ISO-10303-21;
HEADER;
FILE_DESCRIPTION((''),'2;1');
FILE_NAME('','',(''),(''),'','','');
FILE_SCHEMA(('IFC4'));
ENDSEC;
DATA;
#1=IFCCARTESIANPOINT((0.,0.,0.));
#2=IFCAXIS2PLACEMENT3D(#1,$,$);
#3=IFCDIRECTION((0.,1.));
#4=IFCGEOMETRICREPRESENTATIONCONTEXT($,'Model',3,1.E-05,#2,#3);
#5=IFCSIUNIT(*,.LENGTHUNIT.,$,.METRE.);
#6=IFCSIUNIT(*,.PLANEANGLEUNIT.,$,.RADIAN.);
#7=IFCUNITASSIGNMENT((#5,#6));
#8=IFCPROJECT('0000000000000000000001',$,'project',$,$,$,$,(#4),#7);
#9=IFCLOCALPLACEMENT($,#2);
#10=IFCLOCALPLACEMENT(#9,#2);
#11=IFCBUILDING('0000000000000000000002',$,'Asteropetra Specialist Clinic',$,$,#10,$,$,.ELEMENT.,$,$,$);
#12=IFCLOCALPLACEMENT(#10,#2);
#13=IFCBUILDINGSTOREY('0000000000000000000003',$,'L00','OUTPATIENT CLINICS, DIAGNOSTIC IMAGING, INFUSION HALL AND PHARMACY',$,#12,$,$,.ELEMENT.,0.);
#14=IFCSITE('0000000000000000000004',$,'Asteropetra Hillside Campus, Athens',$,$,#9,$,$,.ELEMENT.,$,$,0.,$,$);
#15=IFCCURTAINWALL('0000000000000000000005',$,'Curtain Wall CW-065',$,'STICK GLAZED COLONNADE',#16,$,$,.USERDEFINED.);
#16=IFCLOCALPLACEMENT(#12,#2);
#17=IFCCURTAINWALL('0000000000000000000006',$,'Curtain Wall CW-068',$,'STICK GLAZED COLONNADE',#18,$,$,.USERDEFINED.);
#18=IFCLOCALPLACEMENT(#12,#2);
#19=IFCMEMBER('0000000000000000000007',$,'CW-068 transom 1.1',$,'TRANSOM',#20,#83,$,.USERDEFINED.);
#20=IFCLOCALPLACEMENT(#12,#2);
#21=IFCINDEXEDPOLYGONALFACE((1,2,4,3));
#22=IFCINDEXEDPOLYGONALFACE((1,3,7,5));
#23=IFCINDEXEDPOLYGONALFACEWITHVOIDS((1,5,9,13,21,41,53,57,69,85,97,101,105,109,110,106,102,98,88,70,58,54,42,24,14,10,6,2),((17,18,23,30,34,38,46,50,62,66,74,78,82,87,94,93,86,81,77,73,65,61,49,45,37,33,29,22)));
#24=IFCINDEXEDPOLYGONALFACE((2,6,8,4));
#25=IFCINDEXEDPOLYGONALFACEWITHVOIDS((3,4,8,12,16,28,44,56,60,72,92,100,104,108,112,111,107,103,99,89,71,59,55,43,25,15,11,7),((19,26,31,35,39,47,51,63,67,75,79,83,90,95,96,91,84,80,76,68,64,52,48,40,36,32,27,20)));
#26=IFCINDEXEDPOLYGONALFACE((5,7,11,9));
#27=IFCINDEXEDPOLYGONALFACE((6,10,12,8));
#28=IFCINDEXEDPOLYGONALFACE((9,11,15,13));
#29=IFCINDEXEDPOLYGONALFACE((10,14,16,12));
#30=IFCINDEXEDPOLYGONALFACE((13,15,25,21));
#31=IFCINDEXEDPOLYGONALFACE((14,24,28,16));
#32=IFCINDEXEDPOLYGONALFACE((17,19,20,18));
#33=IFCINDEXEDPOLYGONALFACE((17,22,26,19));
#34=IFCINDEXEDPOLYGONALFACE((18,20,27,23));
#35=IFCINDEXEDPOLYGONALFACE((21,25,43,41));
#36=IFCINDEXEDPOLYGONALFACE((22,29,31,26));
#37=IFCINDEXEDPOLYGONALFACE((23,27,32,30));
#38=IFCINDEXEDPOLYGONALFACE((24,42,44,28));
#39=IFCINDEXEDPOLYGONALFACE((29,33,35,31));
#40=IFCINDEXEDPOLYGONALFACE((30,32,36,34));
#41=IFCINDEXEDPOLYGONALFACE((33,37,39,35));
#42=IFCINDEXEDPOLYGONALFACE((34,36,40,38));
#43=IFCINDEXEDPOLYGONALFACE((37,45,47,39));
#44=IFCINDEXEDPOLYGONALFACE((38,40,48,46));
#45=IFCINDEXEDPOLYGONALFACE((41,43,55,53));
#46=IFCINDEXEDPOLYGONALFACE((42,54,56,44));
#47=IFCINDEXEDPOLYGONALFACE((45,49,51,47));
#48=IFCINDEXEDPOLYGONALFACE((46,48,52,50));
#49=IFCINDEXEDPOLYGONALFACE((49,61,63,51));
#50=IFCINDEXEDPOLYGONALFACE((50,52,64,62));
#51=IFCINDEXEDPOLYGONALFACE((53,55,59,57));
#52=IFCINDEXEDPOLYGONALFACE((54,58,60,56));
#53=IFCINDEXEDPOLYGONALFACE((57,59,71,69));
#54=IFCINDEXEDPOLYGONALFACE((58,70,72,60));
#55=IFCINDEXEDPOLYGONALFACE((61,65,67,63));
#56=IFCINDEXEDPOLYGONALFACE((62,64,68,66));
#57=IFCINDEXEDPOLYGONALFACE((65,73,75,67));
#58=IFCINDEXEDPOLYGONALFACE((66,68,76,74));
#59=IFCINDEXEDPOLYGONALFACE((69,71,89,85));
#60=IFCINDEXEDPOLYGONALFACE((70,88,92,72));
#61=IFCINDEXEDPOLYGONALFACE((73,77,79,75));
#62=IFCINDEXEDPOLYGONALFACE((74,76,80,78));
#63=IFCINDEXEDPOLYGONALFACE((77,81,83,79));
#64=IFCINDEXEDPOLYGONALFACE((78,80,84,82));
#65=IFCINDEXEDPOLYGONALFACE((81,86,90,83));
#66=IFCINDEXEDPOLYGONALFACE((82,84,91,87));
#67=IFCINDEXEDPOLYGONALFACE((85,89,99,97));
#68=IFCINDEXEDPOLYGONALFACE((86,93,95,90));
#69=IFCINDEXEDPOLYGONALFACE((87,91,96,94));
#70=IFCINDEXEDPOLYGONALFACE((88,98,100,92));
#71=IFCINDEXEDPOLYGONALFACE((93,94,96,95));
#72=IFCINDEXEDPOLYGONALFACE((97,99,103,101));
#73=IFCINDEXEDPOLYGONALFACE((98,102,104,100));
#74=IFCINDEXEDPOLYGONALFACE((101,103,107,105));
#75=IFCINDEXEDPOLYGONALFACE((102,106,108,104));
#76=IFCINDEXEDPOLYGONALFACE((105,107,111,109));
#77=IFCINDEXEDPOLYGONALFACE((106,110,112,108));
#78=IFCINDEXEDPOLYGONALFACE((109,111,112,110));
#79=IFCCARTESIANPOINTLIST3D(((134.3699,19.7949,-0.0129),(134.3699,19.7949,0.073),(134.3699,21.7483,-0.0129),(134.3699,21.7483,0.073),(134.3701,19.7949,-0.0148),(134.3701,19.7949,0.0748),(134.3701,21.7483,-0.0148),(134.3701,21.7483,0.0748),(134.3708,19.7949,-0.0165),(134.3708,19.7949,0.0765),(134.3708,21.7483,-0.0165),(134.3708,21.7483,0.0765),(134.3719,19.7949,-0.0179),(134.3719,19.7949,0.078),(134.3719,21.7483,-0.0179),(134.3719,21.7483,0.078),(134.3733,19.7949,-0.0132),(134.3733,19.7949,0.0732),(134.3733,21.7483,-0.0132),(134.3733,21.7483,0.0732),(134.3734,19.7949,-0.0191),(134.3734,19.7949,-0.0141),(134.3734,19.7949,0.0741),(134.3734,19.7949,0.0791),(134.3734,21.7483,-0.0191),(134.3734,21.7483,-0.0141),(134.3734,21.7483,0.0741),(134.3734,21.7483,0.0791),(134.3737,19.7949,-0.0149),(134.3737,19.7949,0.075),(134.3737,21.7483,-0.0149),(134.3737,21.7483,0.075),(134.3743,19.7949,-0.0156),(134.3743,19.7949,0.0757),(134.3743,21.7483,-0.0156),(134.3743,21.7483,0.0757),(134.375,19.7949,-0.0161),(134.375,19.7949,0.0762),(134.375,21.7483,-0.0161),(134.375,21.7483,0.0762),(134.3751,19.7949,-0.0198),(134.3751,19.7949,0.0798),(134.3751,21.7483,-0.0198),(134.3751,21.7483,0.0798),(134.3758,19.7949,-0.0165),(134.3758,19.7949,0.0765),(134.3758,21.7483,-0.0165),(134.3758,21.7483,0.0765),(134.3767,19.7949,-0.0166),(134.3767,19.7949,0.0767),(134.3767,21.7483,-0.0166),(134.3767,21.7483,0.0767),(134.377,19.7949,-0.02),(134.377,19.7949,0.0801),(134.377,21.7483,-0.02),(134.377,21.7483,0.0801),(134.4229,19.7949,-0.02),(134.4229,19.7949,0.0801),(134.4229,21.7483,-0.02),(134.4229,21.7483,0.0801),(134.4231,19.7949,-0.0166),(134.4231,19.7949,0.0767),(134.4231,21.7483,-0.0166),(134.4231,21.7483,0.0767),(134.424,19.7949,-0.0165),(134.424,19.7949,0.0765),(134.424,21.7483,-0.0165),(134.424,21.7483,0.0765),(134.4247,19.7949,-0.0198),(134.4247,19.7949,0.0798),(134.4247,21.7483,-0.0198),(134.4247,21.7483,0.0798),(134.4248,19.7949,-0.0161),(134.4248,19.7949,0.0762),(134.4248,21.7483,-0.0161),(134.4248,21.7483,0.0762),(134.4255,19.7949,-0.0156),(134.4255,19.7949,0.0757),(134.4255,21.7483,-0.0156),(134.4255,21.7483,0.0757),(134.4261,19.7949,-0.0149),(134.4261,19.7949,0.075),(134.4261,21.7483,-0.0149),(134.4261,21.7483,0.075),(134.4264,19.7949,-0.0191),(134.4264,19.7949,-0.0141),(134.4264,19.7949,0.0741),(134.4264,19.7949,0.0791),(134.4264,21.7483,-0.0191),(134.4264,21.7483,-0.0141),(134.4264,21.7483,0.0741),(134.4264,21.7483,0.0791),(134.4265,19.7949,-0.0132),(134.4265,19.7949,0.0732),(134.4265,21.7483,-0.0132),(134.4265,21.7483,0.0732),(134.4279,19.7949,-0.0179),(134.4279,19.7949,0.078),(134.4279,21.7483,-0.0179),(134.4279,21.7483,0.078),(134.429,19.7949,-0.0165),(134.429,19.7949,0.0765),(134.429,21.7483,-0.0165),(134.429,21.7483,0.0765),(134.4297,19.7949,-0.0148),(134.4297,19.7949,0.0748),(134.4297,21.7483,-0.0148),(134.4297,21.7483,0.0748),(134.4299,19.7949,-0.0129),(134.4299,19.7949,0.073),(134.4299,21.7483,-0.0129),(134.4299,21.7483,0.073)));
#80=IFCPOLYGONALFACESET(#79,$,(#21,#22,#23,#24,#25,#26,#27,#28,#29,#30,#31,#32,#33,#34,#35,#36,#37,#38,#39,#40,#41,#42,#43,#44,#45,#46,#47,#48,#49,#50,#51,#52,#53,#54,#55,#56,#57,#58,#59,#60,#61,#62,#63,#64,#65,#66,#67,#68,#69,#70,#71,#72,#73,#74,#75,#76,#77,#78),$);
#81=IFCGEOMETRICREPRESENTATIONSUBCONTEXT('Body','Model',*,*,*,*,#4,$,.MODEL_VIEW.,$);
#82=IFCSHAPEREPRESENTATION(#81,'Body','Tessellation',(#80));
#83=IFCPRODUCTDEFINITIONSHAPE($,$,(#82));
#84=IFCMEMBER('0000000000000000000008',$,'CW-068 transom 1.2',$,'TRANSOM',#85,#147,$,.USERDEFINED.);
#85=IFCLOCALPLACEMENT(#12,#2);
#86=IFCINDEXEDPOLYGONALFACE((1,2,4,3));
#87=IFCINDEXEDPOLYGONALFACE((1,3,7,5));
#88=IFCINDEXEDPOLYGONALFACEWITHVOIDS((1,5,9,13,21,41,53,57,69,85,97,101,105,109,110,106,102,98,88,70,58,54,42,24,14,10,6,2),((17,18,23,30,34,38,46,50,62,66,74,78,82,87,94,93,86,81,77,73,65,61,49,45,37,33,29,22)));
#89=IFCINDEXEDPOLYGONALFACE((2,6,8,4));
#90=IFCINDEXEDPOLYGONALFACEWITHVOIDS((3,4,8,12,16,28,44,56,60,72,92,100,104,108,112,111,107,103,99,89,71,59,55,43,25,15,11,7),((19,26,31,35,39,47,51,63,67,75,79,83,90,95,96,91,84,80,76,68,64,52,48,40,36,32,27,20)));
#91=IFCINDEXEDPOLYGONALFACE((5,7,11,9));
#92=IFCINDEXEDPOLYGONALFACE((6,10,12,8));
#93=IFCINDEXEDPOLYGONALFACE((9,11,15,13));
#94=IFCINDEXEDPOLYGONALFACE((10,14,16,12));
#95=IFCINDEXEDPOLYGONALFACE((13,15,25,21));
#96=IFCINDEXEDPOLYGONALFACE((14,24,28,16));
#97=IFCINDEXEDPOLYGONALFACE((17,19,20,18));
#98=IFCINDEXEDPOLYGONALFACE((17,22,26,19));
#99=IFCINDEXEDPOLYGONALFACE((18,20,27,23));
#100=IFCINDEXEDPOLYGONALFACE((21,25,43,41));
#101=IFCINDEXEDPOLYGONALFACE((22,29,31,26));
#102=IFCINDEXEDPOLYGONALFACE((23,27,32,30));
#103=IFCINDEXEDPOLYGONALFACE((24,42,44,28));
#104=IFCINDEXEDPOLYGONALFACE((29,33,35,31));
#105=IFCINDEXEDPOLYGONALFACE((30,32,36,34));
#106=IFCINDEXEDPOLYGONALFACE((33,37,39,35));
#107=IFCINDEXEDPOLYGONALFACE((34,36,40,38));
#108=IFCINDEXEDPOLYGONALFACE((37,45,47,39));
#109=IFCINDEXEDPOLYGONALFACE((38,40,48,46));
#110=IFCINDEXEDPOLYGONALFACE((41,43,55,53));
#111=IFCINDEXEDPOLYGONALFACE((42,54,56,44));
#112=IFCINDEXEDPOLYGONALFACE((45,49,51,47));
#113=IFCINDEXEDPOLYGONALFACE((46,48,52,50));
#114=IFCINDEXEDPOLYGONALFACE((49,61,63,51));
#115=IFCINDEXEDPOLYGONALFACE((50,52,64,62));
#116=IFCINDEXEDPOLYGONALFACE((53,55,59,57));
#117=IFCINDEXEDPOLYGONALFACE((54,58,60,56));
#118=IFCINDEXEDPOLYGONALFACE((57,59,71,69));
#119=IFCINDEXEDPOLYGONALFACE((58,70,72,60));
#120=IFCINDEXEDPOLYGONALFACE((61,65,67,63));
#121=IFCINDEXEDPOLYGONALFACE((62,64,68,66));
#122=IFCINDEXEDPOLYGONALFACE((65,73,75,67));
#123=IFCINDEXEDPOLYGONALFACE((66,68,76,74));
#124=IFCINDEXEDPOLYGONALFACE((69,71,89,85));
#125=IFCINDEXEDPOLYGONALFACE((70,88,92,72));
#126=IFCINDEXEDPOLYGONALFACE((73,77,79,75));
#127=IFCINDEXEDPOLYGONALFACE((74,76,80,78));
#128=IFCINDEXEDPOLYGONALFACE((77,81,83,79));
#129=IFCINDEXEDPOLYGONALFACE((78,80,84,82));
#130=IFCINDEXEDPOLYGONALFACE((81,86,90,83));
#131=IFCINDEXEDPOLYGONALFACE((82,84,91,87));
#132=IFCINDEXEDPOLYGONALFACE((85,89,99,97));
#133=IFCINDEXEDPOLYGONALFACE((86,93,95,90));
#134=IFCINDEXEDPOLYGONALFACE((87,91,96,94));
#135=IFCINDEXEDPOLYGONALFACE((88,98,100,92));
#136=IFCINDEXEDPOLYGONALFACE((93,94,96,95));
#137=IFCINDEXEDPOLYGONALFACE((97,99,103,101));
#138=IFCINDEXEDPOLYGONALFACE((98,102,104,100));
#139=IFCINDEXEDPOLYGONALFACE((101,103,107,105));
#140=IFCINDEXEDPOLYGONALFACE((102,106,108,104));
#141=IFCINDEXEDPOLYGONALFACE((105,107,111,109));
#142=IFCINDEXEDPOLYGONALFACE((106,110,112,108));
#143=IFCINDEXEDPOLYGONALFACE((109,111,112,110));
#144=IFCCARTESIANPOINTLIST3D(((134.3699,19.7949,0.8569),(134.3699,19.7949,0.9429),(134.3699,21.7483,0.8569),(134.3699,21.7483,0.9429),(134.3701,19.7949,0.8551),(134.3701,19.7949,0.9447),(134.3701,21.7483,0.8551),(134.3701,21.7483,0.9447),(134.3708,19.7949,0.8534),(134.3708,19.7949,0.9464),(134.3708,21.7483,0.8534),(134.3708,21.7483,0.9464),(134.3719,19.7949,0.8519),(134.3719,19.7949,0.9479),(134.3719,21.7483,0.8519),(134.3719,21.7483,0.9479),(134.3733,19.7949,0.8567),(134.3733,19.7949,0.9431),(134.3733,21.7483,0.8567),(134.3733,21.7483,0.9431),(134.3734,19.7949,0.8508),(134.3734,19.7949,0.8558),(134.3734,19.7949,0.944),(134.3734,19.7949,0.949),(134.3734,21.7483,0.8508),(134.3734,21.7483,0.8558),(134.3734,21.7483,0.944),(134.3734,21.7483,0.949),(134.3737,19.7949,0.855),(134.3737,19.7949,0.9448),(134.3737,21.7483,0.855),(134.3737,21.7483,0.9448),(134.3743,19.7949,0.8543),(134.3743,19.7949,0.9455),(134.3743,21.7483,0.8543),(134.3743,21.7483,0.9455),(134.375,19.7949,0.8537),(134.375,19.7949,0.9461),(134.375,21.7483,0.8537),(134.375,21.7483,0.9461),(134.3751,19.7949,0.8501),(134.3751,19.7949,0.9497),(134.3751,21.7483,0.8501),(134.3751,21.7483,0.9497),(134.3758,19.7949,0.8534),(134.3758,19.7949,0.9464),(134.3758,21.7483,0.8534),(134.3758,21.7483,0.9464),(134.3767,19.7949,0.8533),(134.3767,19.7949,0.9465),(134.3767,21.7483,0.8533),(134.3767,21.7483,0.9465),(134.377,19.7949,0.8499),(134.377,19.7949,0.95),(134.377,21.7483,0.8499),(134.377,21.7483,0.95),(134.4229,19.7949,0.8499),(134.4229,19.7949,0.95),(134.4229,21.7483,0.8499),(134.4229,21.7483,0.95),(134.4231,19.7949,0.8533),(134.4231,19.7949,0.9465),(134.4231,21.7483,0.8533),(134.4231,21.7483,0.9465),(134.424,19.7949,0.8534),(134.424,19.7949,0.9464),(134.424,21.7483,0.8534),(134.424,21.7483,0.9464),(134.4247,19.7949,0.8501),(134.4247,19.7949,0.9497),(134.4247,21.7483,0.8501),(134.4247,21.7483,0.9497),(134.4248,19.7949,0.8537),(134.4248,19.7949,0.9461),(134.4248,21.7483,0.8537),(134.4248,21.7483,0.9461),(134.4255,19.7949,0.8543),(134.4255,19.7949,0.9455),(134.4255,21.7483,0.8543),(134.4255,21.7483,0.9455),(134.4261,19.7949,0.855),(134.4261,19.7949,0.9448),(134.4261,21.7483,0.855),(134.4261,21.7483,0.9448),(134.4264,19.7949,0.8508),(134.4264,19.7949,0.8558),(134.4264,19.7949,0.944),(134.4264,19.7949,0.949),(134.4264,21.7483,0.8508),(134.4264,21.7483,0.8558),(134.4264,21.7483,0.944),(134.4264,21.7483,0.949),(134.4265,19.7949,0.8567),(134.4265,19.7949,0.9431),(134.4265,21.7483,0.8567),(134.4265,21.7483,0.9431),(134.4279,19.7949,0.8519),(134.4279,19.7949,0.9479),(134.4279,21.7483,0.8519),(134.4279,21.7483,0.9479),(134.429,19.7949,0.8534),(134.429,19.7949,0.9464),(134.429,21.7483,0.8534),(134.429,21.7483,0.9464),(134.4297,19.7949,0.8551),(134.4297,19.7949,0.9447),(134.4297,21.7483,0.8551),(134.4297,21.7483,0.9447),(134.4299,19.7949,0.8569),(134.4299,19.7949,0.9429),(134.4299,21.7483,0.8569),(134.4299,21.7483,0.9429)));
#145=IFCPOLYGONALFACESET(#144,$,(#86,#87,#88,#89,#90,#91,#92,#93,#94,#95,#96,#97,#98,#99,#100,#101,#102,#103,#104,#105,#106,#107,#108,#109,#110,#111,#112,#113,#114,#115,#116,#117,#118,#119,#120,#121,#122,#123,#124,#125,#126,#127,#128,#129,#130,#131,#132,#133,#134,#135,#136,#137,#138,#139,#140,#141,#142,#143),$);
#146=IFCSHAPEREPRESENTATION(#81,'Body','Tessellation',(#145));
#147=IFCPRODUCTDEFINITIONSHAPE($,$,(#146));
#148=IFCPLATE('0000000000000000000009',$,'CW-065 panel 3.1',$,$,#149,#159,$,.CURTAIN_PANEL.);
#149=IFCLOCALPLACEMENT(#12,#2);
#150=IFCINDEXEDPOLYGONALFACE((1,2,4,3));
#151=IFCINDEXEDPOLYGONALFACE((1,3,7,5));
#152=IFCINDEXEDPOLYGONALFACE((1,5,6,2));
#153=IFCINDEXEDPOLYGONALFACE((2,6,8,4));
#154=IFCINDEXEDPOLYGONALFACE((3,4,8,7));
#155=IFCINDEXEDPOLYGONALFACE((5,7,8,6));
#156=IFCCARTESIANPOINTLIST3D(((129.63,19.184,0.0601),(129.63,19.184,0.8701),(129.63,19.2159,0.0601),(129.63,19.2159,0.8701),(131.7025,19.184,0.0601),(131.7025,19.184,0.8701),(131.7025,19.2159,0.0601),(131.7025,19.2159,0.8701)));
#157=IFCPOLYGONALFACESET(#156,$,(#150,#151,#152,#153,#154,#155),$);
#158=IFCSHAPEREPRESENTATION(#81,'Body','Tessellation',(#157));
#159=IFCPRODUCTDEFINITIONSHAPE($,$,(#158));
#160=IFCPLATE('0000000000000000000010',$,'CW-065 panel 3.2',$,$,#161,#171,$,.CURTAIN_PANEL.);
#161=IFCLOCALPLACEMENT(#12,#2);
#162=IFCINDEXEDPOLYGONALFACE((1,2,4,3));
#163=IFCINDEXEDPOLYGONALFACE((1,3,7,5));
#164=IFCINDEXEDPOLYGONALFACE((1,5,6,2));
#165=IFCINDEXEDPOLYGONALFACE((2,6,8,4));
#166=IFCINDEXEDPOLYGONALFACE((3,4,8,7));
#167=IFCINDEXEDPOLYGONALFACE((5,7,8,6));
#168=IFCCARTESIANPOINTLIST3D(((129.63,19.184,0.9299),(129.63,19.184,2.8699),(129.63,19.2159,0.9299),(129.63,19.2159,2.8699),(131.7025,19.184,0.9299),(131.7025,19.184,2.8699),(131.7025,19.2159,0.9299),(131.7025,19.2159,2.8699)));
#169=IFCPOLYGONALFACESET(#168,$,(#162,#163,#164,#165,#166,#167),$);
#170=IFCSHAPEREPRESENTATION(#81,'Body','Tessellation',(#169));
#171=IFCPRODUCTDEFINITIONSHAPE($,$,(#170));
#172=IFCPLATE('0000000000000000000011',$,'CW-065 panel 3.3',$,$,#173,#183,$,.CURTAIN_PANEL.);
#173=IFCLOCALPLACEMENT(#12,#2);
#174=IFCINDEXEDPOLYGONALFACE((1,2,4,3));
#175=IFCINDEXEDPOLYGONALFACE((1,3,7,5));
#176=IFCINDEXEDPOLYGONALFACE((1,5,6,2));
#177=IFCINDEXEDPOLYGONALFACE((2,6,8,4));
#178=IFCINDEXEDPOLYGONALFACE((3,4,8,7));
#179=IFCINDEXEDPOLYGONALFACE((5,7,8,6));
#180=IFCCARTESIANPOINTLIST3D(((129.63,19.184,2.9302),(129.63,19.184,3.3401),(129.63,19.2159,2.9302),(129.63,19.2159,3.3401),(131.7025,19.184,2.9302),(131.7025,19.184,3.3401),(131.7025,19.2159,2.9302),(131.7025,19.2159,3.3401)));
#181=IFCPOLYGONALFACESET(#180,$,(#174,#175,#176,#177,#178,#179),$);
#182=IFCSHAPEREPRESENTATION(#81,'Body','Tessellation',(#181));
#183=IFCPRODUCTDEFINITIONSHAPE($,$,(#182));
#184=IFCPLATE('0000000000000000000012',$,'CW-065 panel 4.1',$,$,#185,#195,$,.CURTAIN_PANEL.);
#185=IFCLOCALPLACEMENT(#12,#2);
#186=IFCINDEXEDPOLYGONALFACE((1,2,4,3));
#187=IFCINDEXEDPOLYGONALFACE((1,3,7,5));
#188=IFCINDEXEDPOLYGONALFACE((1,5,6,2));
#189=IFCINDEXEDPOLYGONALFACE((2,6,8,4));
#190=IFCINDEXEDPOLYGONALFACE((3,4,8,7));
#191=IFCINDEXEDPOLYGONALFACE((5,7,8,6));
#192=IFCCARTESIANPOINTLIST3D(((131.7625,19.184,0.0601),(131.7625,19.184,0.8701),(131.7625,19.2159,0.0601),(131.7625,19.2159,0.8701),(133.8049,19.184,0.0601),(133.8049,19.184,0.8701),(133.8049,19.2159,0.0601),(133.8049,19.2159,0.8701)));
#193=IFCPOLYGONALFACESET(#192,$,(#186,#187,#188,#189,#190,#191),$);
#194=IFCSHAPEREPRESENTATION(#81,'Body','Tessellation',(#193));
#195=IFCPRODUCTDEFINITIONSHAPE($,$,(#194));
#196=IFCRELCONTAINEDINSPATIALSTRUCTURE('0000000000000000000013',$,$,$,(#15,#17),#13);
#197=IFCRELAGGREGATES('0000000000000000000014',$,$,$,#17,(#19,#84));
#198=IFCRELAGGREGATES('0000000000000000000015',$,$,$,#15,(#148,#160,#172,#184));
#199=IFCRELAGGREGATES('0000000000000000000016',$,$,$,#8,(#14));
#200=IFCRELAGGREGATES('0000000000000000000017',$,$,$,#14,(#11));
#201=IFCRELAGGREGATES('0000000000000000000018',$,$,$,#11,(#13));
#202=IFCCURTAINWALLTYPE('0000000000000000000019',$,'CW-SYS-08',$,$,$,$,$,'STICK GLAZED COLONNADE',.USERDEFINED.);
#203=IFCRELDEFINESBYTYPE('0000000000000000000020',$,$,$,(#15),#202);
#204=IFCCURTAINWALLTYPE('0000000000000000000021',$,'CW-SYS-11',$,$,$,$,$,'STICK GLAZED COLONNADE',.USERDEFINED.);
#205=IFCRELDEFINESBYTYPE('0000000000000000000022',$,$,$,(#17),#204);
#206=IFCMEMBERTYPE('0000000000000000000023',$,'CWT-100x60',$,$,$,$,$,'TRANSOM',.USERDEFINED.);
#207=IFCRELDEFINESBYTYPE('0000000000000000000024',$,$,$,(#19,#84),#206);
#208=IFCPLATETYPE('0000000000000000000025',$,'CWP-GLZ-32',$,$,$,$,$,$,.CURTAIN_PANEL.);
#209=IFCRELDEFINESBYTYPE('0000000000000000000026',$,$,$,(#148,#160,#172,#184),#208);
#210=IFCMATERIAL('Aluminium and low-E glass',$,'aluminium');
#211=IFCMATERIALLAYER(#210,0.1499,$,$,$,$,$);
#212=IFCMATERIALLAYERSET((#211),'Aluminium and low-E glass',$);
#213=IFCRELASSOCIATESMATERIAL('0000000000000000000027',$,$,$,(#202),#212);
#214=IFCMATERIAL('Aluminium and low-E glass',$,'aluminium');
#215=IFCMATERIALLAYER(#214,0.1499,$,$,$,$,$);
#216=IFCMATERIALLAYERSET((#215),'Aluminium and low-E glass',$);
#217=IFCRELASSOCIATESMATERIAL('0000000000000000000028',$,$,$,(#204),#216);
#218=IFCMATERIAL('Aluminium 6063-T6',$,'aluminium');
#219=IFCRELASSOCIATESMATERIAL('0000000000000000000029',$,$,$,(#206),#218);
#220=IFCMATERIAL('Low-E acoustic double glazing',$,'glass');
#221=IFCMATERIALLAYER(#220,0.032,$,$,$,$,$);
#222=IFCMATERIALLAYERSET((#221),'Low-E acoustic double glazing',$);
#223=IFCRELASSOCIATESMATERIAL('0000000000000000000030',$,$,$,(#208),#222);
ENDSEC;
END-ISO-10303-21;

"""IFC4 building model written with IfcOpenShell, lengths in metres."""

from ifc_helpers import new_model, si_unit, direction, frame, origin, origin_2d, place, context, subcontext, project, spatial, rectangle, hollow_rectangle, extrude, material, layer, layer_set, material_profile, profile_set, type_object, element, aggregate, save


model = new_model("IFC4")

# Units and contexts
model_context = context("Model", 3, precision=1e-05, world=origin(), true_north=direction((0.0, 1.0)))
body_context = subcontext(model_context, "Body", "Model", "MODEL_VIEW")
ifc_project = project(units=[si_unit("LENGTHUNIT", "METRE"), si_unit("PLANEANGLEUNIT", "RADIAN")], contexts=[model_context])

# Site, building, storey
site_placement = place(None, origin())
site = spatial("IfcSite", under=ifc_project, at=site_placement, Name="Asteropetra Hillside Campus, Athens", CompositionType="ELEMENT", RefElevation=0.0)
building_placement = place(site_placement, origin())
building = spatial("IfcBuilding", under=site, at=building_placement, Name="Asteropetra Specialist Clinic", CompositionType="ELEMENT")
storey_placement = place(building_placement, origin())
storey = spatial("IfcBuildingStorey", under=building, at=storey_placement, Name="L00", Description="OUTPATIENT CLINICS, DIAGNOSTIC IMAGING, INFUSION HALL AND PHARMACY", CompositionType="ELEMENT", Elevation=0.0)

# Curtain wall
ifc_material_1 = material(Name="Aluminium and low-E glass", Category="aluminium")
ifc_layer_1 = layer(ifc_material_1, 0.1499)
ifc_layer_set_1 = layer_set([ifc_layer_1], Name="Aluminium and low-E glass")
curtain_wall_type_1 = type_object("IfcCurtainWallType", Name="CW-SYS-08", ElementType="STICK GLAZED COLONNADE", PredefinedType="USERDEFINED", material=ifc_layer_set_1)
curtain_wall_1_placement = place(storey_placement, origin())
curtain_wall_1 = element("IfcCurtainWall", 1, at=curtain_wall_1_placement, inside=storey, type_object=curtain_wall_type_1, Name="Curtain Wall CW-065", ObjectType="STICK GLAZED COLONNADE", PredefinedType="USERDEFINED")

# Curtain wall
ifc_material_2 = material(Name="Aluminium and low-E glass", Category="aluminium")
ifc_layer_2 = layer(ifc_material_2, 0.1499)
ifc_layer_set_2 = layer_set([ifc_layer_2], Name="Aluminium and low-E glass")
curtain_wall_type_2 = type_object("IfcCurtainWallType", Name="CW-SYS-11", ElementType="STICK GLAZED COLONNADE", PredefinedType="USERDEFINED", material=ifc_layer_set_2)
curtain_wall_2_placement = place(storey_placement, origin())
curtain_wall_2 = element("IfcCurtainWall", 2, at=curtain_wall_2_placement, inside=storey, type_object=curtain_wall_type_2, Name="Curtain Wall CW-068", ObjectType="STICK GLAZED COLONNADE", PredefinedType="USERDEFINED")

# Members
ifc_material_3 = material(Name="Aluminium 6063-T6", Category="aluminium")
ifc_material_profile_1 = material_profile(ifc_material_3, hollow_rectangle(XDim=0.0601, YDim=0.1001, WallThickness=0.0034, InnerFilletRadius=0.0034, OuterFilletRadius=0.0071, at=origin_2d()), Name="TRN 100x60x3.5")
ifc_profile_set_1 = profile_set([ifc_material_profile_1], Name="Aluminium 6063-T6")
member_type_1 = type_object("IfcMemberType", Name="CWT-100x60", ElementType="TRANSOM", PredefinedType="USERDEFINED", material=ifc_profile_set_1)
member_1_placement = place(storey_placement, frame((134.3999, 19.7949, 0.03), z_axis=(0.0, 1.0, 0.0), x_axis=(-1.0, 0.0, 0.0)))
member_1 = element("IfcMember", 3, at=member_1_placement, type_object=member_type_1, Name="CW-068 transom 1.1", ObjectType="TRANSOM", PredefinedType="USERDEFINED", context=body_context, shape_type="SweptSolid", body=[
    extrude(hollow_rectangle(XDim=0.0601, YDim=0.1001, WallThickness=0.0034, InnerFilletRadius=0.0034, OuterFilletRadius=0.0071, at=origin_2d()), origin(), (0.0, 0.0, 1.0), 1.9534),
])
member_2_placement = place(storey_placement, frame((134.3999, 19.7949, 0.8999), z_axis=(0.0, 1.0, 0.0), x_axis=(-1.0, 0.0, 0.0)))
member_2 = element("IfcMember", 4, at=member_2_placement, type_object=member_type_1, Name="CW-068 transom 1.2", ObjectType="TRANSOM", PredefinedType="USERDEFINED", context=body_context, shape_type="SweptSolid", body=[
    extrude(hollow_rectangle(XDim=0.0601, YDim=0.1001, WallThickness=0.0034, InnerFilletRadius=0.0034, OuterFilletRadius=0.0071, at=origin_2d()), origin(), (0.0, 0.0, 1.0), 1.9534),
])
aggregate(curtain_wall_2, [member_1, member_2])

# Plates
ifc_material_4 = material(Name="Low-E acoustic double glazing", Category="glass")
ifc_layer_3 = layer(ifc_material_4, 0.032)
ifc_layer_set_3 = layer_set([ifc_layer_3], Name="Low-E acoustic double glazing")
plate_type = type_object("IfcPlateType", Name="CWP-GLZ-32", PredefinedType="CURTAIN_PANEL", material=ifc_layer_set_3)
plate_1_placement = place(storey_placement, frame((130.6663, 19.2, 0.0601), z_axis=(0.0, 0.0, 1.0), x_axis=(1.0, 0.0, 0.0)))
plate_1 = element("IfcPlate", 5, at=plate_1_placement, type_object=plate_type, Name="CW-065 panel 3.1", PredefinedType="CURTAIN_PANEL", context=body_context, shape_type="SweptSolid", body=[
    extrude(rectangle(XDim=2.0725, YDim=0.032, at=origin_2d()), origin(), (0.0, 0.0, 1.0), 0.8101),
])
plate_2_placement = place(storey_placement, frame((130.6663, 19.2, 0.9299), z_axis=(0.0, 0.0, 1.0), x_axis=(1.0, 0.0, 0.0)))
plate_2 = element("IfcPlate", 6, at=plate_2_placement, type_object=plate_type, Name="CW-065 panel 3.2", PredefinedType="CURTAIN_PANEL", context=body_context, shape_type="SweptSolid", body=[
    extrude(rectangle(XDim=2.0725, YDim=0.032, at=origin_2d()), origin(), (0.0, 0.0, 1.0), 1.9399),
])
plate_3_placement = place(storey_placement, frame((130.6663, 19.2, 2.9302), z_axis=(0.0, 0.0, 1.0), x_axis=(1.0, 0.0, 0.0)))
plate_3 = element("IfcPlate", 7, at=plate_3_placement, type_object=plate_type, Name="CW-065 panel 3.3", PredefinedType="CURTAIN_PANEL", context=body_context, shape_type="SweptSolid", body=[
    extrude(rectangle(XDim=2.0725, YDim=0.032, at=origin_2d()), origin(), (0.0, 0.0, 1.0), 0.4099),
])
plate_4_placement = place(storey_placement, frame((132.7837, 19.2, 0.0601), z_axis=(0.0, 0.0, 1.0), x_axis=(1.0, 0.0, 0.0)))
plate_4 = element("IfcPlate", 8, at=plate_4_placement, type_object=plate_type, Name="CW-065 panel 4.1", PredefinedType="CURTAIN_PANEL", context=body_context, shape_type="SweptSolid", body=[
    extrude(rectangle(XDim=2.0425, YDim=0.032, at=origin_2d()), origin(), (0.0, 0.0, 1.0), 0.8101),
])
aggregate(curtain_wall_1, [plate_1, plate_2, plate_3, plate_4])

save(model, "model.ifc")
